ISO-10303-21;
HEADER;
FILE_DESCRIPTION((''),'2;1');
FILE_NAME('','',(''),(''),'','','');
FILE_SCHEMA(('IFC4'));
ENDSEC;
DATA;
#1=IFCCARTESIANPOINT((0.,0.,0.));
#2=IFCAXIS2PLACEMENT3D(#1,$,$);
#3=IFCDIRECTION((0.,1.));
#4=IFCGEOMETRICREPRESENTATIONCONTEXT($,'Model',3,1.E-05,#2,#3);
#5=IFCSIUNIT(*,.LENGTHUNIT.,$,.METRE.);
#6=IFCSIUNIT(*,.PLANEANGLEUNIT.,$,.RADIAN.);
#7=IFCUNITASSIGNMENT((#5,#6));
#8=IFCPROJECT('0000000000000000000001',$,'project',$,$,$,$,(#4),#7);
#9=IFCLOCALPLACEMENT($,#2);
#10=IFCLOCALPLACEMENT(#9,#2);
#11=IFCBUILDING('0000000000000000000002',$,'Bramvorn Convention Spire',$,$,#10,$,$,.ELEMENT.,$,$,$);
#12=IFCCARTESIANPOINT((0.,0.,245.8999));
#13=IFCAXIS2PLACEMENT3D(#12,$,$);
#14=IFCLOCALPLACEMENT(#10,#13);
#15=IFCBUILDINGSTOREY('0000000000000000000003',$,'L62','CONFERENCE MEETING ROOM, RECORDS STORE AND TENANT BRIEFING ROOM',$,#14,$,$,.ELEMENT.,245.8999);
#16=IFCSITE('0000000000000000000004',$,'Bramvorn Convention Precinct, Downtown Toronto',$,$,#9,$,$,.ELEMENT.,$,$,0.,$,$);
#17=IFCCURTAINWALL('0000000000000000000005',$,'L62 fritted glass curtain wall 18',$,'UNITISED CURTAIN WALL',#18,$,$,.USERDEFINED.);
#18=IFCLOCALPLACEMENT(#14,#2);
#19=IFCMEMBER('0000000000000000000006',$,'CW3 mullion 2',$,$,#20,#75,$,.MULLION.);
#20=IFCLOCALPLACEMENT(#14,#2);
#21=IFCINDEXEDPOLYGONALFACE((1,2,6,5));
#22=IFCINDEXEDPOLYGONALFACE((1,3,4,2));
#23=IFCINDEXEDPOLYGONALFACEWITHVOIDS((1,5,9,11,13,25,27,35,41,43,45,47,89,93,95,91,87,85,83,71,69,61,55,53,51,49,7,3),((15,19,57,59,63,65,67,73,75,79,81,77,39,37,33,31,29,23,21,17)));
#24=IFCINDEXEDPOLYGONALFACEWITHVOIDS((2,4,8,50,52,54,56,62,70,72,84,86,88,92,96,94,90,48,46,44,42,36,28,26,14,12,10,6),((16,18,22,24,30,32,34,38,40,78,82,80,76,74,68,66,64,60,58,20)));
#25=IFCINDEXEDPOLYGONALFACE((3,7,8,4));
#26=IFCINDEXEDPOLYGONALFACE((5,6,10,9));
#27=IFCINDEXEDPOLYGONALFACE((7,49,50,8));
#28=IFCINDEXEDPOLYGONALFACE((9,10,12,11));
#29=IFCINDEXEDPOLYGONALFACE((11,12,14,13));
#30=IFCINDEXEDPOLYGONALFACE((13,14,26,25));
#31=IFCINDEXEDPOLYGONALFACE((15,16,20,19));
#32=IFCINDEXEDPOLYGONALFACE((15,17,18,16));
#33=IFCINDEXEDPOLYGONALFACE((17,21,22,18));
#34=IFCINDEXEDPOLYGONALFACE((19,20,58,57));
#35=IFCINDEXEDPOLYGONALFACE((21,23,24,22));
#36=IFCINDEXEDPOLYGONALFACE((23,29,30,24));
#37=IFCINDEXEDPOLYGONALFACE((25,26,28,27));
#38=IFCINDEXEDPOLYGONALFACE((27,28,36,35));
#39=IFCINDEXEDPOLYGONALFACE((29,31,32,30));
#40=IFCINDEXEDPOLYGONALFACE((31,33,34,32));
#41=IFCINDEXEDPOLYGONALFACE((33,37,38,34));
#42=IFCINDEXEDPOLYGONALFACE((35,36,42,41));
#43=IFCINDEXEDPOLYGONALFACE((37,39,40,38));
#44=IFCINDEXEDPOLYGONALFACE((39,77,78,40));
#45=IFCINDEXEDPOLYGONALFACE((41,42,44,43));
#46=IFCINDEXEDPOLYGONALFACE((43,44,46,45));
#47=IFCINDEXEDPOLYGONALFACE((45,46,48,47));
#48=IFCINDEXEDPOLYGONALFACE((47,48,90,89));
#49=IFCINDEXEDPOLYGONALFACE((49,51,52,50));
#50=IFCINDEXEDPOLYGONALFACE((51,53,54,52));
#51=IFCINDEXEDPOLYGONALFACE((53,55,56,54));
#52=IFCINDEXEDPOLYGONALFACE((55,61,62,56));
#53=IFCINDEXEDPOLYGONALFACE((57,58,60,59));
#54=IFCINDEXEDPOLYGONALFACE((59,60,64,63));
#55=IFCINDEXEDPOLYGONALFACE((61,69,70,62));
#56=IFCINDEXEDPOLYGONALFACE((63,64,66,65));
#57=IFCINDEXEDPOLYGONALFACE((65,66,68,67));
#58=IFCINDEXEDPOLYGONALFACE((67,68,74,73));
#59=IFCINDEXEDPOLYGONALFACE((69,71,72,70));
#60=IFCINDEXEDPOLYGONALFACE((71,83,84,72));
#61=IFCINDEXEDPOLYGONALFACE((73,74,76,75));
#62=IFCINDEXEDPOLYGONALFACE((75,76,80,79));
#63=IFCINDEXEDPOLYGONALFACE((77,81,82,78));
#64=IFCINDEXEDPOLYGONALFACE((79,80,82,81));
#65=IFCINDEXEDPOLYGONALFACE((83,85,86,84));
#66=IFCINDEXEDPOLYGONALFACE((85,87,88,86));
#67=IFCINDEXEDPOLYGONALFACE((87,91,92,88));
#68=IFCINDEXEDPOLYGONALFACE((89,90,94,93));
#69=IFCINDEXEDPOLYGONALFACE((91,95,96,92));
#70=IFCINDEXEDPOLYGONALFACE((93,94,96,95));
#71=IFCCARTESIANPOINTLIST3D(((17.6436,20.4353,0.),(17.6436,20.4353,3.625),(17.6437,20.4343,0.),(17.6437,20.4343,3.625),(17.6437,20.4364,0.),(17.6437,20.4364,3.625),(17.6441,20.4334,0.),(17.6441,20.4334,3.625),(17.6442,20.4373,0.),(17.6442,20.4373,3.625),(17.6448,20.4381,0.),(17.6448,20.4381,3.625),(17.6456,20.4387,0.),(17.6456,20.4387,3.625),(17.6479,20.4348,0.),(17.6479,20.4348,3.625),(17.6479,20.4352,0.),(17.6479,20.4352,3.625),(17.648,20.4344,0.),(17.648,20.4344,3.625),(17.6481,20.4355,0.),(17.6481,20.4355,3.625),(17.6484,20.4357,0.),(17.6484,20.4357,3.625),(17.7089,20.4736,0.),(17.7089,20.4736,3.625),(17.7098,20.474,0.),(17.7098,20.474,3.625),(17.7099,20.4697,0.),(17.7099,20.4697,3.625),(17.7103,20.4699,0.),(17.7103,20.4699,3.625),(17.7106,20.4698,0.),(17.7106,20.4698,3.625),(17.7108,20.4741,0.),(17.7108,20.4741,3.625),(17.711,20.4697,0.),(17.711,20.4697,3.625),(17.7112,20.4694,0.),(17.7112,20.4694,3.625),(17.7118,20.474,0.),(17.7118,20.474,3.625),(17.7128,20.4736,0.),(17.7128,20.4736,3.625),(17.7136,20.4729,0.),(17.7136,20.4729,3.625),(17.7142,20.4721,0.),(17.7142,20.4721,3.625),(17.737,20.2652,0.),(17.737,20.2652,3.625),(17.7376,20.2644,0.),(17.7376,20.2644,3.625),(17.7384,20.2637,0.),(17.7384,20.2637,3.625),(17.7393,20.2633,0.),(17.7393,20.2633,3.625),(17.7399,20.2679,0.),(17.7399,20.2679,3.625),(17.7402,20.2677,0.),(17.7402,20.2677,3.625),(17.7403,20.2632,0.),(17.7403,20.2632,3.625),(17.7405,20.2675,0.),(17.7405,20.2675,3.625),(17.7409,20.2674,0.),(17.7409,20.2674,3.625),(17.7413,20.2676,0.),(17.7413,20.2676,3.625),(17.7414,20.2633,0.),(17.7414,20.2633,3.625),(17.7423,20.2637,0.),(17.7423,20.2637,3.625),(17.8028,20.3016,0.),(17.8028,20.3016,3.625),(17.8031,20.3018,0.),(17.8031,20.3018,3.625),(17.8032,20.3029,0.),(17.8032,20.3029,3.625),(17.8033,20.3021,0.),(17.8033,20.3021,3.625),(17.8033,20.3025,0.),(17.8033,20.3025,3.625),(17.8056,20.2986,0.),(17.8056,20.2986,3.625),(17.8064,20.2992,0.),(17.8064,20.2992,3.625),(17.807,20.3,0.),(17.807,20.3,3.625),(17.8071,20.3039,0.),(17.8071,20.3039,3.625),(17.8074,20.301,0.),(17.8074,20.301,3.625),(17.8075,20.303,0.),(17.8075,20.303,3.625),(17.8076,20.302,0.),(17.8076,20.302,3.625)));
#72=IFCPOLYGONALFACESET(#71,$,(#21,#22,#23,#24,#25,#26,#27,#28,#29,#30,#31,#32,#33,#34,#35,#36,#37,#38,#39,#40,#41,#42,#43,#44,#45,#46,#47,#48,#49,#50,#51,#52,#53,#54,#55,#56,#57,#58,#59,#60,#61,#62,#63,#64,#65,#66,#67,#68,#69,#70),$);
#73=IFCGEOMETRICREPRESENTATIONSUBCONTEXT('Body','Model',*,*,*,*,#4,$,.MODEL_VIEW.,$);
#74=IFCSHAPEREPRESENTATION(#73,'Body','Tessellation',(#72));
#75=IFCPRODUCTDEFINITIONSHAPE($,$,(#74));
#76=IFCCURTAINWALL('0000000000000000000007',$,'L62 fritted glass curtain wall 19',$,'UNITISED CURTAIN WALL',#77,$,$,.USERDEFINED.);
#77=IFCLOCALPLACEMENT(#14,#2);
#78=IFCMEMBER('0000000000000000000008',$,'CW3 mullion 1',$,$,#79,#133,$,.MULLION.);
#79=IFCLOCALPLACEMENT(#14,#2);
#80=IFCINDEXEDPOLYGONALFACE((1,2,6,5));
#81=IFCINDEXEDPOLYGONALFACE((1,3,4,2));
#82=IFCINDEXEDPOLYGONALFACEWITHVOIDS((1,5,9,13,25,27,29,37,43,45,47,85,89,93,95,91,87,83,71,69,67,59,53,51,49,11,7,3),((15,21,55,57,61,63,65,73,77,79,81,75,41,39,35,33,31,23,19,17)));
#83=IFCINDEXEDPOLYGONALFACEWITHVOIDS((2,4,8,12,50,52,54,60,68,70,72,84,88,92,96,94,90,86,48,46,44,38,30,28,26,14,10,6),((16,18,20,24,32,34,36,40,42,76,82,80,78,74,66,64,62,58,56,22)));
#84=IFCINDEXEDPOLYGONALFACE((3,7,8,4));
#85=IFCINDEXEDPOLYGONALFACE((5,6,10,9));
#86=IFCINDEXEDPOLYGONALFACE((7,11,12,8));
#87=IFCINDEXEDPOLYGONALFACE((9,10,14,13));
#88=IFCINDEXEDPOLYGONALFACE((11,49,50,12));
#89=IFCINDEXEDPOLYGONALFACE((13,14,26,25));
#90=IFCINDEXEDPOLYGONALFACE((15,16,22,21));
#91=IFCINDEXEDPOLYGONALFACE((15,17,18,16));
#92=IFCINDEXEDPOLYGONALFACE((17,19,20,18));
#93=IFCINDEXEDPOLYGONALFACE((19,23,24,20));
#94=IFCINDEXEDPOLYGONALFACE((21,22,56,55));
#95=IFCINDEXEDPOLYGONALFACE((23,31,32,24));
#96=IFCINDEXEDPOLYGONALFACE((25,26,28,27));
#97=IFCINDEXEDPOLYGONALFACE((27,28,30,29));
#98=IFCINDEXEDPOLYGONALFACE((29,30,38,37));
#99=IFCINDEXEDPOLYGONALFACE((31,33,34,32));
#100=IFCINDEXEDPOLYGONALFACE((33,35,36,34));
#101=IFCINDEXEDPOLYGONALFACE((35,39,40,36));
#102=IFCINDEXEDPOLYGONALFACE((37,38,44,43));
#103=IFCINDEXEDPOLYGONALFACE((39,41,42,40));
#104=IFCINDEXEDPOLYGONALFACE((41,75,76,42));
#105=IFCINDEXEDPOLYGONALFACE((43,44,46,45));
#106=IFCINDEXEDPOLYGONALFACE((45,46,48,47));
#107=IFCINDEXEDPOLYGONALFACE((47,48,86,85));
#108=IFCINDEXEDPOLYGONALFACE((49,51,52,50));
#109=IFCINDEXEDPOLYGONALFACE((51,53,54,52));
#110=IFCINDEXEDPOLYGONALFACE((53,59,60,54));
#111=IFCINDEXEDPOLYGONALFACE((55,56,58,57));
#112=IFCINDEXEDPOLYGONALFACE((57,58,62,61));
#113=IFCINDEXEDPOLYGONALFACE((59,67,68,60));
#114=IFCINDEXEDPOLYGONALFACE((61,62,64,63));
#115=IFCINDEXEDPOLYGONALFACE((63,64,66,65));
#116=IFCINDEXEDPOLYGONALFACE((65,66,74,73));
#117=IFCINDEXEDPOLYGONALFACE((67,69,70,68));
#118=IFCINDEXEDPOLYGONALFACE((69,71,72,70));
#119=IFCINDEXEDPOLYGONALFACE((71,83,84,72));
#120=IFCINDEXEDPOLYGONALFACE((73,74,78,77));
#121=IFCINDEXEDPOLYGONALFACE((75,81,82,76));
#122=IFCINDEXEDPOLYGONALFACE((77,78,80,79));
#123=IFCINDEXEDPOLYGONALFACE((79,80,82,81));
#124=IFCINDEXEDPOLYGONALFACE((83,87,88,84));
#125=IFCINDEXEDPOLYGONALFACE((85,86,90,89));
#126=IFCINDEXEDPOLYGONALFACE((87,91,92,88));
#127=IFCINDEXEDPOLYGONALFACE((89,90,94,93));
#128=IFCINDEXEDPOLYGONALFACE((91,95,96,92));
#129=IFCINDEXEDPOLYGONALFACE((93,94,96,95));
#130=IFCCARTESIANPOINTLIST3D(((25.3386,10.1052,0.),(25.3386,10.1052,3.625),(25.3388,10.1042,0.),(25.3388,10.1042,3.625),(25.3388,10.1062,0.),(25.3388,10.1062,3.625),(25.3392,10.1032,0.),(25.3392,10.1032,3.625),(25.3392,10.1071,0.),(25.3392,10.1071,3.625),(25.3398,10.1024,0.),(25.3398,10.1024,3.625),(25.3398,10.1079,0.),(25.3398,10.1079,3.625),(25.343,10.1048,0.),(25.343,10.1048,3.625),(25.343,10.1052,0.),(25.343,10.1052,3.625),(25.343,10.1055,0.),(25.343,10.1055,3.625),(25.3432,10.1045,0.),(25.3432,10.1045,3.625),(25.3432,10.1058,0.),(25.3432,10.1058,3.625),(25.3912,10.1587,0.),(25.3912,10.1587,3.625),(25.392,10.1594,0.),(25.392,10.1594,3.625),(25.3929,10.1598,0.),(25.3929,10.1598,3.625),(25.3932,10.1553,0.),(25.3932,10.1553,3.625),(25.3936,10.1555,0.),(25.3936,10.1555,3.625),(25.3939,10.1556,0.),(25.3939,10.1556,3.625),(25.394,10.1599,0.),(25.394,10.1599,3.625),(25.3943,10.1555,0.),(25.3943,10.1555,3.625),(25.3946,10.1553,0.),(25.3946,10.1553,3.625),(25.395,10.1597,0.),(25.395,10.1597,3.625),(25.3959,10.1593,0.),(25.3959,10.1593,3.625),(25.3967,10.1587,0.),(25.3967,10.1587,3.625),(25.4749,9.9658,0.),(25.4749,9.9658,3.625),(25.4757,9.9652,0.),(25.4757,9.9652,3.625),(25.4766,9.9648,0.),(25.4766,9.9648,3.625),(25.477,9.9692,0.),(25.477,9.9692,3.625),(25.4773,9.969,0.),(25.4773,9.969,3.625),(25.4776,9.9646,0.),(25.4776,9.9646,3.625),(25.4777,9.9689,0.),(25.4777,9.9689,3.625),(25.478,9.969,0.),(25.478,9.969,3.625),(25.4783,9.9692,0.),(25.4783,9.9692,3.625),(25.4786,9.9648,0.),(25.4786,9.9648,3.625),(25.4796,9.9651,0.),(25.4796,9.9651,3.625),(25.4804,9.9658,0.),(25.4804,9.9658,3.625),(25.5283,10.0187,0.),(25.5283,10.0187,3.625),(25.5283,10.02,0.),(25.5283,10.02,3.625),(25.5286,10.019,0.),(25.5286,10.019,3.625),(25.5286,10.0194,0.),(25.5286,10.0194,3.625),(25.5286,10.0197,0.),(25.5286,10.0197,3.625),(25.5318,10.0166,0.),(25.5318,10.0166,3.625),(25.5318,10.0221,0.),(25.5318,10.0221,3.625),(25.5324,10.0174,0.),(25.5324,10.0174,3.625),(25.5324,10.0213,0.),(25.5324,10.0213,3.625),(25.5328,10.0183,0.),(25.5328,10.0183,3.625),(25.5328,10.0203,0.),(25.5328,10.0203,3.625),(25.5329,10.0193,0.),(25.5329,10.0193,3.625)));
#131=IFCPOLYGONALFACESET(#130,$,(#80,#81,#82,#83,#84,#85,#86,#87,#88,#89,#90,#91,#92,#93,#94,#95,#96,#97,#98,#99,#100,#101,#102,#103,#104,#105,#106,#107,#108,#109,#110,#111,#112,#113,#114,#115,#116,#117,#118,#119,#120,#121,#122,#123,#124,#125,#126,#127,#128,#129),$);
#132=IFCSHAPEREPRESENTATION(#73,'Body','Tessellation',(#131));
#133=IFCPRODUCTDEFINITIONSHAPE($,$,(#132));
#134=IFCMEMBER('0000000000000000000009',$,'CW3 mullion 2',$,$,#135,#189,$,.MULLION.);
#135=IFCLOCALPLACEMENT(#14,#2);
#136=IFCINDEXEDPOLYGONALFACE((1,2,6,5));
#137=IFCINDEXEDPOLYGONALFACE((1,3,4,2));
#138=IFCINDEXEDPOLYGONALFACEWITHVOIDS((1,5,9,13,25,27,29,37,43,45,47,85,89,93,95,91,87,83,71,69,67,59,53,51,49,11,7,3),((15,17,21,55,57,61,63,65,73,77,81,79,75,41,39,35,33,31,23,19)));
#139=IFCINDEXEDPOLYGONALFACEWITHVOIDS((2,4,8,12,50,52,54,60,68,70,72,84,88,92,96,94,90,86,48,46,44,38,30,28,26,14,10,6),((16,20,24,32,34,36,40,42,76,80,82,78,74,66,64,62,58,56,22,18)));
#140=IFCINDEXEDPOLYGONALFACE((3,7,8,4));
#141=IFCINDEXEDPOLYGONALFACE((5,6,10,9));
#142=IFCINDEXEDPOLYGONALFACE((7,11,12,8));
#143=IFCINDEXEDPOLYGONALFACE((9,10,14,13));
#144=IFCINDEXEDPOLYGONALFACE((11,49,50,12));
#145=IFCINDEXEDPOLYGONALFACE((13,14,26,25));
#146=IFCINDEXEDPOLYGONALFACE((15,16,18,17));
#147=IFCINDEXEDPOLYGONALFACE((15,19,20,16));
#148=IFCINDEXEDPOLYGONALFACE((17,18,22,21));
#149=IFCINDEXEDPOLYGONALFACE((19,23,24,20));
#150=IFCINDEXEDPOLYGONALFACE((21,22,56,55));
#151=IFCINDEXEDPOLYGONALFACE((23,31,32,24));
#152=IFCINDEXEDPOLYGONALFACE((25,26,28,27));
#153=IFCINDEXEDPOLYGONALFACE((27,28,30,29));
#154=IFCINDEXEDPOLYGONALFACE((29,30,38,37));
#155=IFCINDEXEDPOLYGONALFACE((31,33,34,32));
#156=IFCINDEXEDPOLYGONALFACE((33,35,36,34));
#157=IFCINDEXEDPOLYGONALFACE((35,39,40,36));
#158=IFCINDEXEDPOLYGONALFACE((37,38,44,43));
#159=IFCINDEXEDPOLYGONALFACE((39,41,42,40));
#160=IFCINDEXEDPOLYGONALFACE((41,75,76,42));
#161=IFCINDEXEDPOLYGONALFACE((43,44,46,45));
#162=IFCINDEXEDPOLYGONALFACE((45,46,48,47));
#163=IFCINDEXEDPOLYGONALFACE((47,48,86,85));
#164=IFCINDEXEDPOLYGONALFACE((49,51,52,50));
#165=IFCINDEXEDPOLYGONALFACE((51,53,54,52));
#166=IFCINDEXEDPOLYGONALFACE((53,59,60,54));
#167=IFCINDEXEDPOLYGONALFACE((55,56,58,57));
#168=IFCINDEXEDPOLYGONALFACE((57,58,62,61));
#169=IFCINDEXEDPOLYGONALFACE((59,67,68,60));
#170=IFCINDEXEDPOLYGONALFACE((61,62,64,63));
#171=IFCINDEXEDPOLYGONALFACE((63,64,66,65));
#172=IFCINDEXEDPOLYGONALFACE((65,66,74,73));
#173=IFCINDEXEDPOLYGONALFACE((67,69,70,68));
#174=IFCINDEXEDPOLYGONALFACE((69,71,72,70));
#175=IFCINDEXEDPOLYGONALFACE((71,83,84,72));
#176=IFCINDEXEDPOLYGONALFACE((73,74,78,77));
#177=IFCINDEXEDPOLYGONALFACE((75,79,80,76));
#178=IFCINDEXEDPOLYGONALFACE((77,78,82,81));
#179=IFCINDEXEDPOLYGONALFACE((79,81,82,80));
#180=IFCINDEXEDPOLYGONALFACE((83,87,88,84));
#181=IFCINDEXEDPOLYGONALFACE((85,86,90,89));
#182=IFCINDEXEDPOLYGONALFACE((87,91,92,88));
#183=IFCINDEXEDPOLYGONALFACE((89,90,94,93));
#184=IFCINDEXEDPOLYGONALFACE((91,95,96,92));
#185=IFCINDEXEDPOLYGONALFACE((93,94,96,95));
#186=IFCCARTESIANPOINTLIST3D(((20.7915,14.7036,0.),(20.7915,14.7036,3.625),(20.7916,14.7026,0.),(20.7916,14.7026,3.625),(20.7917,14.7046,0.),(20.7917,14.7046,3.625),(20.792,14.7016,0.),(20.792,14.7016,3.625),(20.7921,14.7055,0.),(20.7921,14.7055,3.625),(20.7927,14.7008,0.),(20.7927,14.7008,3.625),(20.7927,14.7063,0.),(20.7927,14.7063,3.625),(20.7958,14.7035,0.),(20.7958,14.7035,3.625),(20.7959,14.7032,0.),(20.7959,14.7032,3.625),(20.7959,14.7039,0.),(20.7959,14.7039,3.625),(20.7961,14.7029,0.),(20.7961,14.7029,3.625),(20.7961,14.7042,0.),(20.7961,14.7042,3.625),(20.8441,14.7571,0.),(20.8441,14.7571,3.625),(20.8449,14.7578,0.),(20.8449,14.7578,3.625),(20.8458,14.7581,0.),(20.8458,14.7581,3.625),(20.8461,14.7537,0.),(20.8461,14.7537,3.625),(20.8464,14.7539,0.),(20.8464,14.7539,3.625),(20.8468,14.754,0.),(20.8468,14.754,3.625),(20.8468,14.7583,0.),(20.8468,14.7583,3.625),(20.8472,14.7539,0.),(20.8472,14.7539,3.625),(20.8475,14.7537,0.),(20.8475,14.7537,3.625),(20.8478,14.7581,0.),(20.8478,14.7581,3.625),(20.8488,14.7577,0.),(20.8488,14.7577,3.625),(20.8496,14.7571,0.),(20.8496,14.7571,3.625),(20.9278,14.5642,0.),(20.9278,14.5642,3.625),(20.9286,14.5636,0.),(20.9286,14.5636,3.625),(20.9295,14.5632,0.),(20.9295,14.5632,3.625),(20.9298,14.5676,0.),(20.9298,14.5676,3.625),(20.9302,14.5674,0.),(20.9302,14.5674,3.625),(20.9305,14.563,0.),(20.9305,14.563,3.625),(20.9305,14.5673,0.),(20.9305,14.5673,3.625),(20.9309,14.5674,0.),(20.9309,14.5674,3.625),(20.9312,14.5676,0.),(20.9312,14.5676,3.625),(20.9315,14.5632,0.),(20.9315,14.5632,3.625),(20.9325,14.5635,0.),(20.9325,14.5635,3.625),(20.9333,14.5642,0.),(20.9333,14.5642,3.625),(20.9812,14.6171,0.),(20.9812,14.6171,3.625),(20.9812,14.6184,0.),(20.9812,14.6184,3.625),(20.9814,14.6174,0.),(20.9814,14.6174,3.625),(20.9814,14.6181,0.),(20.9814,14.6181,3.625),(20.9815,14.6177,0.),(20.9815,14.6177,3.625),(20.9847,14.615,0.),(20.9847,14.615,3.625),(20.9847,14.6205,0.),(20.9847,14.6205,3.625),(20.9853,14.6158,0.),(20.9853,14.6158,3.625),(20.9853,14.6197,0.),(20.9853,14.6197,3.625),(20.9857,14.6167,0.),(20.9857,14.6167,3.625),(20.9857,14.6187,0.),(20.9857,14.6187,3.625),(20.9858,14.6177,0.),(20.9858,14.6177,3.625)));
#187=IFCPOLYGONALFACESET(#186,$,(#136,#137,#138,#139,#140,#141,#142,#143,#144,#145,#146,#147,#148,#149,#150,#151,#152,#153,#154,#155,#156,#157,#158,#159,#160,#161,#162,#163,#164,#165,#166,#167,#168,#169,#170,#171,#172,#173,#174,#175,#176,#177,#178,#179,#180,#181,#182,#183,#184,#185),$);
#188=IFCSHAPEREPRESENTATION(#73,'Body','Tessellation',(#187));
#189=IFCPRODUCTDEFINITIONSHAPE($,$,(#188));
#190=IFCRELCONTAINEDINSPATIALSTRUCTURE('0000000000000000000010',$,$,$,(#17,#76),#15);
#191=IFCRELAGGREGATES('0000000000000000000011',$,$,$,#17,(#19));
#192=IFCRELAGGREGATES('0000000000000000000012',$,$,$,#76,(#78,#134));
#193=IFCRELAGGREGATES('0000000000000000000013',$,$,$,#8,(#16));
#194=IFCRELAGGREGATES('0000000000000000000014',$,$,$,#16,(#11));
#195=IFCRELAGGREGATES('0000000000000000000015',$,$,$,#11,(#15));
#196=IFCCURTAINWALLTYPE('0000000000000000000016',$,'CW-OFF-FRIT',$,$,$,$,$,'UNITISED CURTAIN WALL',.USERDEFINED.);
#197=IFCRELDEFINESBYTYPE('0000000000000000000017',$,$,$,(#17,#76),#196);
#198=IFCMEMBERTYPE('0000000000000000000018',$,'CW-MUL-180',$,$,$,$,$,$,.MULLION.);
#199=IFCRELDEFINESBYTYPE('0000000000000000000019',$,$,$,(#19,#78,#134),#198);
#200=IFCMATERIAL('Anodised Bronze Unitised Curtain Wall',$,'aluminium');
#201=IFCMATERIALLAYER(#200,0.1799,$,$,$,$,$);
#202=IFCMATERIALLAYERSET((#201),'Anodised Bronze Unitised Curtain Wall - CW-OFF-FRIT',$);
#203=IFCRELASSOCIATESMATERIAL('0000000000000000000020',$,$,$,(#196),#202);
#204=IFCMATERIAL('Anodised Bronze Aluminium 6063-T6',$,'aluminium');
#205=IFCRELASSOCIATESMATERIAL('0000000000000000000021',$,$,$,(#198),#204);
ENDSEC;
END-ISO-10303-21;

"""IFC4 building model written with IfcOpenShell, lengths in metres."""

from ifc_helpers import new_model, si_unit, direction, frame, origin, origin_2d, place, context, subcontext, project, spatial, hollow_rectangle, extrude, material, layer, layer_set, material_profile, profile_set, type_object, element, aggregate, save


model = new_model("IFC4")

# Units and contexts
model_context = context("Model", 3, precision=1e-05, world=origin(), true_north=direction((0.0, 1.0)))
body_context = subcontext(model_context, "Body", "Model", "MODEL_VIEW")
ifc_project = project(units=[si_unit("LENGTHUNIT", "METRE"), si_unit("PLANEANGLEUNIT", "RADIAN")], contexts=[model_context])

# Site, building, storey
site_placement = place(None, origin())
site = spatial("IfcSite", under=ifc_project, at=site_placement, Name="Bramvorn Convention Precinct, Downtown Toronto", CompositionType="ELEMENT", RefElevation=0.0)
building_placement = place(site_placement, origin())
building = spatial("IfcBuilding", under=site, at=building_placement, Name="Bramvorn Convention Spire", CompositionType="ELEMENT")
storey_placement = place(building_placement, frame((0.0, 0.0, 245.8999)))
storey = spatial("IfcBuildingStorey", under=building, at=storey_placement, Name="L62", Description="CONFERENCE MEETING ROOM, RECORDS STORE AND TENANT BRIEFING ROOM", CompositionType="ELEMENT", Elevation=245.8999)

# Curtain walls, members
ifc_material_1 = material(Name="Anodised Bronze Unitised Curtain Wall", Category="aluminium")
ifc_layer_1 = layer(ifc_material_1, 0.1799)
ifc_layer_set_1 = layer_set([ifc_layer_1], Name="Anodised Bronze Unitised Curtain Wall - CW-OFF-FRIT")
curtain_wall_type = type_object("IfcCurtainWallType", Name="CW-OFF-FRIT", ElementType="UNITISED CURTAIN WALL", PredefinedType="USERDEFINED", material=ifc_layer_set_1)
ifc_material_2 = material(Name="Anodised Bronze Aluminium 6063-T6", Category="aluminium")
ifc_material_profile_1 = material_profile(ifc_material_2, hollow_rectangle(XDim=0.0801, YDim=0.2, WallThickness=0.0039, InnerFilletRadius=0.001, OuterFilletRadius=0.0039, at=origin_2d()))
ifc_profile_set_1 = profile_set([ifc_material_profile_1], Name="Anodised Bronze Aluminium 6063-T6 - CWM80X200")
member_type_1 = type_object("IfcMemberType", Name="CW-MUL-180", PredefinedType="MULLION", material=ifc_profile_set_1)
curtain_wall_1_placement = place(storey_placement, origin())
curtain_wall_1 = element("IfcCurtainWall", 1, at=curtain_wall_1_placement, inside=storey, type_object=curtain_wall_type, Name="L62 fritted glass curtain wall 18", ObjectType="UNITISED CURTAIN WALL", PredefinedType="USERDEFINED")
member_1_placement = place(storey_placement, frame((17.7256, 20.3687, 0.0), z_axis=(0.0, 0.0, 1.0), x_axis=(-0.875299, -0.483582, 0.0)))
member_1 = element("IfcMember", 2, at=member_1_placement, type_object=member_type_1, Name="CW3 mullion 2", PredefinedType="MULLION", context=body_context, shape_type="SweptSolid", body=[
    extrude(hollow_rectangle(XDim=0.0801, YDim=0.2, WallThickness=0.0039, InnerFilletRadius=0.001, OuterFilletRadius=0.0039, at=origin_2d()), origin(), (0.0, 0.0, 1.0), 3.625),
])
curtain_wall_2_placement = place(storey_placement, origin())
curtain_wall_2 = element("IfcCurtainWall", 3, at=curtain_wall_2_placement, inside=storey, type_object=curtain_wall_type, Name="L62 fritted glass curtain wall 19", ObjectType="UNITISED CURTAIN WALL", PredefinedType="USERDEFINED")
member_2_placement = place(storey_placement, frame((25.4358, 10.0623, 0.0), z_axis=(0.0, 0.0, 1.0), x_axis=(-0.711033, -0.703158, 0.0)))
member_2 = element("IfcMember", 4, at=member_2_placement, type_object=member_type_1, Name="CW3 mullion 1", PredefinedType="MULLION", context=body_context, shape_type="SweptSolid", body=[
    extrude(hollow_rectangle(XDim=0.0801, YDim=0.2, WallThickness=0.0039, InnerFilletRadius=0.001, OuterFilletRadius=0.0039, at=origin_2d()), origin(), (0.0, 0.0, 1.0), 3.625),
])
member_3_placement = place(storey_placement, frame((20.8887, 14.6606, 0.0), z_axis=(0.0, 0.0, 1.0), x_axis=(-0.711033, -0.703158, 0.0)))
member_3 = element("IfcMember", 5, at=member_3_placement, type_object=member_type_1, Name="CW3 mullion 2", PredefinedType="MULLION", context=body_context, shape_type="SweptSolid", body=[
    extrude(hollow_rectangle(XDim=0.0801, YDim=0.2, WallThickness=0.0039, InnerFilletRadius=0.001, OuterFilletRadius=0.0039, at=origin_2d()), origin(), (0.0, 0.0, 1.0), 3.625),
])

aggregate(curtain_wall_1, [member_1])
aggregate(curtain_wall_2, [member_2, member_3])

save(model, "model.ifc")
